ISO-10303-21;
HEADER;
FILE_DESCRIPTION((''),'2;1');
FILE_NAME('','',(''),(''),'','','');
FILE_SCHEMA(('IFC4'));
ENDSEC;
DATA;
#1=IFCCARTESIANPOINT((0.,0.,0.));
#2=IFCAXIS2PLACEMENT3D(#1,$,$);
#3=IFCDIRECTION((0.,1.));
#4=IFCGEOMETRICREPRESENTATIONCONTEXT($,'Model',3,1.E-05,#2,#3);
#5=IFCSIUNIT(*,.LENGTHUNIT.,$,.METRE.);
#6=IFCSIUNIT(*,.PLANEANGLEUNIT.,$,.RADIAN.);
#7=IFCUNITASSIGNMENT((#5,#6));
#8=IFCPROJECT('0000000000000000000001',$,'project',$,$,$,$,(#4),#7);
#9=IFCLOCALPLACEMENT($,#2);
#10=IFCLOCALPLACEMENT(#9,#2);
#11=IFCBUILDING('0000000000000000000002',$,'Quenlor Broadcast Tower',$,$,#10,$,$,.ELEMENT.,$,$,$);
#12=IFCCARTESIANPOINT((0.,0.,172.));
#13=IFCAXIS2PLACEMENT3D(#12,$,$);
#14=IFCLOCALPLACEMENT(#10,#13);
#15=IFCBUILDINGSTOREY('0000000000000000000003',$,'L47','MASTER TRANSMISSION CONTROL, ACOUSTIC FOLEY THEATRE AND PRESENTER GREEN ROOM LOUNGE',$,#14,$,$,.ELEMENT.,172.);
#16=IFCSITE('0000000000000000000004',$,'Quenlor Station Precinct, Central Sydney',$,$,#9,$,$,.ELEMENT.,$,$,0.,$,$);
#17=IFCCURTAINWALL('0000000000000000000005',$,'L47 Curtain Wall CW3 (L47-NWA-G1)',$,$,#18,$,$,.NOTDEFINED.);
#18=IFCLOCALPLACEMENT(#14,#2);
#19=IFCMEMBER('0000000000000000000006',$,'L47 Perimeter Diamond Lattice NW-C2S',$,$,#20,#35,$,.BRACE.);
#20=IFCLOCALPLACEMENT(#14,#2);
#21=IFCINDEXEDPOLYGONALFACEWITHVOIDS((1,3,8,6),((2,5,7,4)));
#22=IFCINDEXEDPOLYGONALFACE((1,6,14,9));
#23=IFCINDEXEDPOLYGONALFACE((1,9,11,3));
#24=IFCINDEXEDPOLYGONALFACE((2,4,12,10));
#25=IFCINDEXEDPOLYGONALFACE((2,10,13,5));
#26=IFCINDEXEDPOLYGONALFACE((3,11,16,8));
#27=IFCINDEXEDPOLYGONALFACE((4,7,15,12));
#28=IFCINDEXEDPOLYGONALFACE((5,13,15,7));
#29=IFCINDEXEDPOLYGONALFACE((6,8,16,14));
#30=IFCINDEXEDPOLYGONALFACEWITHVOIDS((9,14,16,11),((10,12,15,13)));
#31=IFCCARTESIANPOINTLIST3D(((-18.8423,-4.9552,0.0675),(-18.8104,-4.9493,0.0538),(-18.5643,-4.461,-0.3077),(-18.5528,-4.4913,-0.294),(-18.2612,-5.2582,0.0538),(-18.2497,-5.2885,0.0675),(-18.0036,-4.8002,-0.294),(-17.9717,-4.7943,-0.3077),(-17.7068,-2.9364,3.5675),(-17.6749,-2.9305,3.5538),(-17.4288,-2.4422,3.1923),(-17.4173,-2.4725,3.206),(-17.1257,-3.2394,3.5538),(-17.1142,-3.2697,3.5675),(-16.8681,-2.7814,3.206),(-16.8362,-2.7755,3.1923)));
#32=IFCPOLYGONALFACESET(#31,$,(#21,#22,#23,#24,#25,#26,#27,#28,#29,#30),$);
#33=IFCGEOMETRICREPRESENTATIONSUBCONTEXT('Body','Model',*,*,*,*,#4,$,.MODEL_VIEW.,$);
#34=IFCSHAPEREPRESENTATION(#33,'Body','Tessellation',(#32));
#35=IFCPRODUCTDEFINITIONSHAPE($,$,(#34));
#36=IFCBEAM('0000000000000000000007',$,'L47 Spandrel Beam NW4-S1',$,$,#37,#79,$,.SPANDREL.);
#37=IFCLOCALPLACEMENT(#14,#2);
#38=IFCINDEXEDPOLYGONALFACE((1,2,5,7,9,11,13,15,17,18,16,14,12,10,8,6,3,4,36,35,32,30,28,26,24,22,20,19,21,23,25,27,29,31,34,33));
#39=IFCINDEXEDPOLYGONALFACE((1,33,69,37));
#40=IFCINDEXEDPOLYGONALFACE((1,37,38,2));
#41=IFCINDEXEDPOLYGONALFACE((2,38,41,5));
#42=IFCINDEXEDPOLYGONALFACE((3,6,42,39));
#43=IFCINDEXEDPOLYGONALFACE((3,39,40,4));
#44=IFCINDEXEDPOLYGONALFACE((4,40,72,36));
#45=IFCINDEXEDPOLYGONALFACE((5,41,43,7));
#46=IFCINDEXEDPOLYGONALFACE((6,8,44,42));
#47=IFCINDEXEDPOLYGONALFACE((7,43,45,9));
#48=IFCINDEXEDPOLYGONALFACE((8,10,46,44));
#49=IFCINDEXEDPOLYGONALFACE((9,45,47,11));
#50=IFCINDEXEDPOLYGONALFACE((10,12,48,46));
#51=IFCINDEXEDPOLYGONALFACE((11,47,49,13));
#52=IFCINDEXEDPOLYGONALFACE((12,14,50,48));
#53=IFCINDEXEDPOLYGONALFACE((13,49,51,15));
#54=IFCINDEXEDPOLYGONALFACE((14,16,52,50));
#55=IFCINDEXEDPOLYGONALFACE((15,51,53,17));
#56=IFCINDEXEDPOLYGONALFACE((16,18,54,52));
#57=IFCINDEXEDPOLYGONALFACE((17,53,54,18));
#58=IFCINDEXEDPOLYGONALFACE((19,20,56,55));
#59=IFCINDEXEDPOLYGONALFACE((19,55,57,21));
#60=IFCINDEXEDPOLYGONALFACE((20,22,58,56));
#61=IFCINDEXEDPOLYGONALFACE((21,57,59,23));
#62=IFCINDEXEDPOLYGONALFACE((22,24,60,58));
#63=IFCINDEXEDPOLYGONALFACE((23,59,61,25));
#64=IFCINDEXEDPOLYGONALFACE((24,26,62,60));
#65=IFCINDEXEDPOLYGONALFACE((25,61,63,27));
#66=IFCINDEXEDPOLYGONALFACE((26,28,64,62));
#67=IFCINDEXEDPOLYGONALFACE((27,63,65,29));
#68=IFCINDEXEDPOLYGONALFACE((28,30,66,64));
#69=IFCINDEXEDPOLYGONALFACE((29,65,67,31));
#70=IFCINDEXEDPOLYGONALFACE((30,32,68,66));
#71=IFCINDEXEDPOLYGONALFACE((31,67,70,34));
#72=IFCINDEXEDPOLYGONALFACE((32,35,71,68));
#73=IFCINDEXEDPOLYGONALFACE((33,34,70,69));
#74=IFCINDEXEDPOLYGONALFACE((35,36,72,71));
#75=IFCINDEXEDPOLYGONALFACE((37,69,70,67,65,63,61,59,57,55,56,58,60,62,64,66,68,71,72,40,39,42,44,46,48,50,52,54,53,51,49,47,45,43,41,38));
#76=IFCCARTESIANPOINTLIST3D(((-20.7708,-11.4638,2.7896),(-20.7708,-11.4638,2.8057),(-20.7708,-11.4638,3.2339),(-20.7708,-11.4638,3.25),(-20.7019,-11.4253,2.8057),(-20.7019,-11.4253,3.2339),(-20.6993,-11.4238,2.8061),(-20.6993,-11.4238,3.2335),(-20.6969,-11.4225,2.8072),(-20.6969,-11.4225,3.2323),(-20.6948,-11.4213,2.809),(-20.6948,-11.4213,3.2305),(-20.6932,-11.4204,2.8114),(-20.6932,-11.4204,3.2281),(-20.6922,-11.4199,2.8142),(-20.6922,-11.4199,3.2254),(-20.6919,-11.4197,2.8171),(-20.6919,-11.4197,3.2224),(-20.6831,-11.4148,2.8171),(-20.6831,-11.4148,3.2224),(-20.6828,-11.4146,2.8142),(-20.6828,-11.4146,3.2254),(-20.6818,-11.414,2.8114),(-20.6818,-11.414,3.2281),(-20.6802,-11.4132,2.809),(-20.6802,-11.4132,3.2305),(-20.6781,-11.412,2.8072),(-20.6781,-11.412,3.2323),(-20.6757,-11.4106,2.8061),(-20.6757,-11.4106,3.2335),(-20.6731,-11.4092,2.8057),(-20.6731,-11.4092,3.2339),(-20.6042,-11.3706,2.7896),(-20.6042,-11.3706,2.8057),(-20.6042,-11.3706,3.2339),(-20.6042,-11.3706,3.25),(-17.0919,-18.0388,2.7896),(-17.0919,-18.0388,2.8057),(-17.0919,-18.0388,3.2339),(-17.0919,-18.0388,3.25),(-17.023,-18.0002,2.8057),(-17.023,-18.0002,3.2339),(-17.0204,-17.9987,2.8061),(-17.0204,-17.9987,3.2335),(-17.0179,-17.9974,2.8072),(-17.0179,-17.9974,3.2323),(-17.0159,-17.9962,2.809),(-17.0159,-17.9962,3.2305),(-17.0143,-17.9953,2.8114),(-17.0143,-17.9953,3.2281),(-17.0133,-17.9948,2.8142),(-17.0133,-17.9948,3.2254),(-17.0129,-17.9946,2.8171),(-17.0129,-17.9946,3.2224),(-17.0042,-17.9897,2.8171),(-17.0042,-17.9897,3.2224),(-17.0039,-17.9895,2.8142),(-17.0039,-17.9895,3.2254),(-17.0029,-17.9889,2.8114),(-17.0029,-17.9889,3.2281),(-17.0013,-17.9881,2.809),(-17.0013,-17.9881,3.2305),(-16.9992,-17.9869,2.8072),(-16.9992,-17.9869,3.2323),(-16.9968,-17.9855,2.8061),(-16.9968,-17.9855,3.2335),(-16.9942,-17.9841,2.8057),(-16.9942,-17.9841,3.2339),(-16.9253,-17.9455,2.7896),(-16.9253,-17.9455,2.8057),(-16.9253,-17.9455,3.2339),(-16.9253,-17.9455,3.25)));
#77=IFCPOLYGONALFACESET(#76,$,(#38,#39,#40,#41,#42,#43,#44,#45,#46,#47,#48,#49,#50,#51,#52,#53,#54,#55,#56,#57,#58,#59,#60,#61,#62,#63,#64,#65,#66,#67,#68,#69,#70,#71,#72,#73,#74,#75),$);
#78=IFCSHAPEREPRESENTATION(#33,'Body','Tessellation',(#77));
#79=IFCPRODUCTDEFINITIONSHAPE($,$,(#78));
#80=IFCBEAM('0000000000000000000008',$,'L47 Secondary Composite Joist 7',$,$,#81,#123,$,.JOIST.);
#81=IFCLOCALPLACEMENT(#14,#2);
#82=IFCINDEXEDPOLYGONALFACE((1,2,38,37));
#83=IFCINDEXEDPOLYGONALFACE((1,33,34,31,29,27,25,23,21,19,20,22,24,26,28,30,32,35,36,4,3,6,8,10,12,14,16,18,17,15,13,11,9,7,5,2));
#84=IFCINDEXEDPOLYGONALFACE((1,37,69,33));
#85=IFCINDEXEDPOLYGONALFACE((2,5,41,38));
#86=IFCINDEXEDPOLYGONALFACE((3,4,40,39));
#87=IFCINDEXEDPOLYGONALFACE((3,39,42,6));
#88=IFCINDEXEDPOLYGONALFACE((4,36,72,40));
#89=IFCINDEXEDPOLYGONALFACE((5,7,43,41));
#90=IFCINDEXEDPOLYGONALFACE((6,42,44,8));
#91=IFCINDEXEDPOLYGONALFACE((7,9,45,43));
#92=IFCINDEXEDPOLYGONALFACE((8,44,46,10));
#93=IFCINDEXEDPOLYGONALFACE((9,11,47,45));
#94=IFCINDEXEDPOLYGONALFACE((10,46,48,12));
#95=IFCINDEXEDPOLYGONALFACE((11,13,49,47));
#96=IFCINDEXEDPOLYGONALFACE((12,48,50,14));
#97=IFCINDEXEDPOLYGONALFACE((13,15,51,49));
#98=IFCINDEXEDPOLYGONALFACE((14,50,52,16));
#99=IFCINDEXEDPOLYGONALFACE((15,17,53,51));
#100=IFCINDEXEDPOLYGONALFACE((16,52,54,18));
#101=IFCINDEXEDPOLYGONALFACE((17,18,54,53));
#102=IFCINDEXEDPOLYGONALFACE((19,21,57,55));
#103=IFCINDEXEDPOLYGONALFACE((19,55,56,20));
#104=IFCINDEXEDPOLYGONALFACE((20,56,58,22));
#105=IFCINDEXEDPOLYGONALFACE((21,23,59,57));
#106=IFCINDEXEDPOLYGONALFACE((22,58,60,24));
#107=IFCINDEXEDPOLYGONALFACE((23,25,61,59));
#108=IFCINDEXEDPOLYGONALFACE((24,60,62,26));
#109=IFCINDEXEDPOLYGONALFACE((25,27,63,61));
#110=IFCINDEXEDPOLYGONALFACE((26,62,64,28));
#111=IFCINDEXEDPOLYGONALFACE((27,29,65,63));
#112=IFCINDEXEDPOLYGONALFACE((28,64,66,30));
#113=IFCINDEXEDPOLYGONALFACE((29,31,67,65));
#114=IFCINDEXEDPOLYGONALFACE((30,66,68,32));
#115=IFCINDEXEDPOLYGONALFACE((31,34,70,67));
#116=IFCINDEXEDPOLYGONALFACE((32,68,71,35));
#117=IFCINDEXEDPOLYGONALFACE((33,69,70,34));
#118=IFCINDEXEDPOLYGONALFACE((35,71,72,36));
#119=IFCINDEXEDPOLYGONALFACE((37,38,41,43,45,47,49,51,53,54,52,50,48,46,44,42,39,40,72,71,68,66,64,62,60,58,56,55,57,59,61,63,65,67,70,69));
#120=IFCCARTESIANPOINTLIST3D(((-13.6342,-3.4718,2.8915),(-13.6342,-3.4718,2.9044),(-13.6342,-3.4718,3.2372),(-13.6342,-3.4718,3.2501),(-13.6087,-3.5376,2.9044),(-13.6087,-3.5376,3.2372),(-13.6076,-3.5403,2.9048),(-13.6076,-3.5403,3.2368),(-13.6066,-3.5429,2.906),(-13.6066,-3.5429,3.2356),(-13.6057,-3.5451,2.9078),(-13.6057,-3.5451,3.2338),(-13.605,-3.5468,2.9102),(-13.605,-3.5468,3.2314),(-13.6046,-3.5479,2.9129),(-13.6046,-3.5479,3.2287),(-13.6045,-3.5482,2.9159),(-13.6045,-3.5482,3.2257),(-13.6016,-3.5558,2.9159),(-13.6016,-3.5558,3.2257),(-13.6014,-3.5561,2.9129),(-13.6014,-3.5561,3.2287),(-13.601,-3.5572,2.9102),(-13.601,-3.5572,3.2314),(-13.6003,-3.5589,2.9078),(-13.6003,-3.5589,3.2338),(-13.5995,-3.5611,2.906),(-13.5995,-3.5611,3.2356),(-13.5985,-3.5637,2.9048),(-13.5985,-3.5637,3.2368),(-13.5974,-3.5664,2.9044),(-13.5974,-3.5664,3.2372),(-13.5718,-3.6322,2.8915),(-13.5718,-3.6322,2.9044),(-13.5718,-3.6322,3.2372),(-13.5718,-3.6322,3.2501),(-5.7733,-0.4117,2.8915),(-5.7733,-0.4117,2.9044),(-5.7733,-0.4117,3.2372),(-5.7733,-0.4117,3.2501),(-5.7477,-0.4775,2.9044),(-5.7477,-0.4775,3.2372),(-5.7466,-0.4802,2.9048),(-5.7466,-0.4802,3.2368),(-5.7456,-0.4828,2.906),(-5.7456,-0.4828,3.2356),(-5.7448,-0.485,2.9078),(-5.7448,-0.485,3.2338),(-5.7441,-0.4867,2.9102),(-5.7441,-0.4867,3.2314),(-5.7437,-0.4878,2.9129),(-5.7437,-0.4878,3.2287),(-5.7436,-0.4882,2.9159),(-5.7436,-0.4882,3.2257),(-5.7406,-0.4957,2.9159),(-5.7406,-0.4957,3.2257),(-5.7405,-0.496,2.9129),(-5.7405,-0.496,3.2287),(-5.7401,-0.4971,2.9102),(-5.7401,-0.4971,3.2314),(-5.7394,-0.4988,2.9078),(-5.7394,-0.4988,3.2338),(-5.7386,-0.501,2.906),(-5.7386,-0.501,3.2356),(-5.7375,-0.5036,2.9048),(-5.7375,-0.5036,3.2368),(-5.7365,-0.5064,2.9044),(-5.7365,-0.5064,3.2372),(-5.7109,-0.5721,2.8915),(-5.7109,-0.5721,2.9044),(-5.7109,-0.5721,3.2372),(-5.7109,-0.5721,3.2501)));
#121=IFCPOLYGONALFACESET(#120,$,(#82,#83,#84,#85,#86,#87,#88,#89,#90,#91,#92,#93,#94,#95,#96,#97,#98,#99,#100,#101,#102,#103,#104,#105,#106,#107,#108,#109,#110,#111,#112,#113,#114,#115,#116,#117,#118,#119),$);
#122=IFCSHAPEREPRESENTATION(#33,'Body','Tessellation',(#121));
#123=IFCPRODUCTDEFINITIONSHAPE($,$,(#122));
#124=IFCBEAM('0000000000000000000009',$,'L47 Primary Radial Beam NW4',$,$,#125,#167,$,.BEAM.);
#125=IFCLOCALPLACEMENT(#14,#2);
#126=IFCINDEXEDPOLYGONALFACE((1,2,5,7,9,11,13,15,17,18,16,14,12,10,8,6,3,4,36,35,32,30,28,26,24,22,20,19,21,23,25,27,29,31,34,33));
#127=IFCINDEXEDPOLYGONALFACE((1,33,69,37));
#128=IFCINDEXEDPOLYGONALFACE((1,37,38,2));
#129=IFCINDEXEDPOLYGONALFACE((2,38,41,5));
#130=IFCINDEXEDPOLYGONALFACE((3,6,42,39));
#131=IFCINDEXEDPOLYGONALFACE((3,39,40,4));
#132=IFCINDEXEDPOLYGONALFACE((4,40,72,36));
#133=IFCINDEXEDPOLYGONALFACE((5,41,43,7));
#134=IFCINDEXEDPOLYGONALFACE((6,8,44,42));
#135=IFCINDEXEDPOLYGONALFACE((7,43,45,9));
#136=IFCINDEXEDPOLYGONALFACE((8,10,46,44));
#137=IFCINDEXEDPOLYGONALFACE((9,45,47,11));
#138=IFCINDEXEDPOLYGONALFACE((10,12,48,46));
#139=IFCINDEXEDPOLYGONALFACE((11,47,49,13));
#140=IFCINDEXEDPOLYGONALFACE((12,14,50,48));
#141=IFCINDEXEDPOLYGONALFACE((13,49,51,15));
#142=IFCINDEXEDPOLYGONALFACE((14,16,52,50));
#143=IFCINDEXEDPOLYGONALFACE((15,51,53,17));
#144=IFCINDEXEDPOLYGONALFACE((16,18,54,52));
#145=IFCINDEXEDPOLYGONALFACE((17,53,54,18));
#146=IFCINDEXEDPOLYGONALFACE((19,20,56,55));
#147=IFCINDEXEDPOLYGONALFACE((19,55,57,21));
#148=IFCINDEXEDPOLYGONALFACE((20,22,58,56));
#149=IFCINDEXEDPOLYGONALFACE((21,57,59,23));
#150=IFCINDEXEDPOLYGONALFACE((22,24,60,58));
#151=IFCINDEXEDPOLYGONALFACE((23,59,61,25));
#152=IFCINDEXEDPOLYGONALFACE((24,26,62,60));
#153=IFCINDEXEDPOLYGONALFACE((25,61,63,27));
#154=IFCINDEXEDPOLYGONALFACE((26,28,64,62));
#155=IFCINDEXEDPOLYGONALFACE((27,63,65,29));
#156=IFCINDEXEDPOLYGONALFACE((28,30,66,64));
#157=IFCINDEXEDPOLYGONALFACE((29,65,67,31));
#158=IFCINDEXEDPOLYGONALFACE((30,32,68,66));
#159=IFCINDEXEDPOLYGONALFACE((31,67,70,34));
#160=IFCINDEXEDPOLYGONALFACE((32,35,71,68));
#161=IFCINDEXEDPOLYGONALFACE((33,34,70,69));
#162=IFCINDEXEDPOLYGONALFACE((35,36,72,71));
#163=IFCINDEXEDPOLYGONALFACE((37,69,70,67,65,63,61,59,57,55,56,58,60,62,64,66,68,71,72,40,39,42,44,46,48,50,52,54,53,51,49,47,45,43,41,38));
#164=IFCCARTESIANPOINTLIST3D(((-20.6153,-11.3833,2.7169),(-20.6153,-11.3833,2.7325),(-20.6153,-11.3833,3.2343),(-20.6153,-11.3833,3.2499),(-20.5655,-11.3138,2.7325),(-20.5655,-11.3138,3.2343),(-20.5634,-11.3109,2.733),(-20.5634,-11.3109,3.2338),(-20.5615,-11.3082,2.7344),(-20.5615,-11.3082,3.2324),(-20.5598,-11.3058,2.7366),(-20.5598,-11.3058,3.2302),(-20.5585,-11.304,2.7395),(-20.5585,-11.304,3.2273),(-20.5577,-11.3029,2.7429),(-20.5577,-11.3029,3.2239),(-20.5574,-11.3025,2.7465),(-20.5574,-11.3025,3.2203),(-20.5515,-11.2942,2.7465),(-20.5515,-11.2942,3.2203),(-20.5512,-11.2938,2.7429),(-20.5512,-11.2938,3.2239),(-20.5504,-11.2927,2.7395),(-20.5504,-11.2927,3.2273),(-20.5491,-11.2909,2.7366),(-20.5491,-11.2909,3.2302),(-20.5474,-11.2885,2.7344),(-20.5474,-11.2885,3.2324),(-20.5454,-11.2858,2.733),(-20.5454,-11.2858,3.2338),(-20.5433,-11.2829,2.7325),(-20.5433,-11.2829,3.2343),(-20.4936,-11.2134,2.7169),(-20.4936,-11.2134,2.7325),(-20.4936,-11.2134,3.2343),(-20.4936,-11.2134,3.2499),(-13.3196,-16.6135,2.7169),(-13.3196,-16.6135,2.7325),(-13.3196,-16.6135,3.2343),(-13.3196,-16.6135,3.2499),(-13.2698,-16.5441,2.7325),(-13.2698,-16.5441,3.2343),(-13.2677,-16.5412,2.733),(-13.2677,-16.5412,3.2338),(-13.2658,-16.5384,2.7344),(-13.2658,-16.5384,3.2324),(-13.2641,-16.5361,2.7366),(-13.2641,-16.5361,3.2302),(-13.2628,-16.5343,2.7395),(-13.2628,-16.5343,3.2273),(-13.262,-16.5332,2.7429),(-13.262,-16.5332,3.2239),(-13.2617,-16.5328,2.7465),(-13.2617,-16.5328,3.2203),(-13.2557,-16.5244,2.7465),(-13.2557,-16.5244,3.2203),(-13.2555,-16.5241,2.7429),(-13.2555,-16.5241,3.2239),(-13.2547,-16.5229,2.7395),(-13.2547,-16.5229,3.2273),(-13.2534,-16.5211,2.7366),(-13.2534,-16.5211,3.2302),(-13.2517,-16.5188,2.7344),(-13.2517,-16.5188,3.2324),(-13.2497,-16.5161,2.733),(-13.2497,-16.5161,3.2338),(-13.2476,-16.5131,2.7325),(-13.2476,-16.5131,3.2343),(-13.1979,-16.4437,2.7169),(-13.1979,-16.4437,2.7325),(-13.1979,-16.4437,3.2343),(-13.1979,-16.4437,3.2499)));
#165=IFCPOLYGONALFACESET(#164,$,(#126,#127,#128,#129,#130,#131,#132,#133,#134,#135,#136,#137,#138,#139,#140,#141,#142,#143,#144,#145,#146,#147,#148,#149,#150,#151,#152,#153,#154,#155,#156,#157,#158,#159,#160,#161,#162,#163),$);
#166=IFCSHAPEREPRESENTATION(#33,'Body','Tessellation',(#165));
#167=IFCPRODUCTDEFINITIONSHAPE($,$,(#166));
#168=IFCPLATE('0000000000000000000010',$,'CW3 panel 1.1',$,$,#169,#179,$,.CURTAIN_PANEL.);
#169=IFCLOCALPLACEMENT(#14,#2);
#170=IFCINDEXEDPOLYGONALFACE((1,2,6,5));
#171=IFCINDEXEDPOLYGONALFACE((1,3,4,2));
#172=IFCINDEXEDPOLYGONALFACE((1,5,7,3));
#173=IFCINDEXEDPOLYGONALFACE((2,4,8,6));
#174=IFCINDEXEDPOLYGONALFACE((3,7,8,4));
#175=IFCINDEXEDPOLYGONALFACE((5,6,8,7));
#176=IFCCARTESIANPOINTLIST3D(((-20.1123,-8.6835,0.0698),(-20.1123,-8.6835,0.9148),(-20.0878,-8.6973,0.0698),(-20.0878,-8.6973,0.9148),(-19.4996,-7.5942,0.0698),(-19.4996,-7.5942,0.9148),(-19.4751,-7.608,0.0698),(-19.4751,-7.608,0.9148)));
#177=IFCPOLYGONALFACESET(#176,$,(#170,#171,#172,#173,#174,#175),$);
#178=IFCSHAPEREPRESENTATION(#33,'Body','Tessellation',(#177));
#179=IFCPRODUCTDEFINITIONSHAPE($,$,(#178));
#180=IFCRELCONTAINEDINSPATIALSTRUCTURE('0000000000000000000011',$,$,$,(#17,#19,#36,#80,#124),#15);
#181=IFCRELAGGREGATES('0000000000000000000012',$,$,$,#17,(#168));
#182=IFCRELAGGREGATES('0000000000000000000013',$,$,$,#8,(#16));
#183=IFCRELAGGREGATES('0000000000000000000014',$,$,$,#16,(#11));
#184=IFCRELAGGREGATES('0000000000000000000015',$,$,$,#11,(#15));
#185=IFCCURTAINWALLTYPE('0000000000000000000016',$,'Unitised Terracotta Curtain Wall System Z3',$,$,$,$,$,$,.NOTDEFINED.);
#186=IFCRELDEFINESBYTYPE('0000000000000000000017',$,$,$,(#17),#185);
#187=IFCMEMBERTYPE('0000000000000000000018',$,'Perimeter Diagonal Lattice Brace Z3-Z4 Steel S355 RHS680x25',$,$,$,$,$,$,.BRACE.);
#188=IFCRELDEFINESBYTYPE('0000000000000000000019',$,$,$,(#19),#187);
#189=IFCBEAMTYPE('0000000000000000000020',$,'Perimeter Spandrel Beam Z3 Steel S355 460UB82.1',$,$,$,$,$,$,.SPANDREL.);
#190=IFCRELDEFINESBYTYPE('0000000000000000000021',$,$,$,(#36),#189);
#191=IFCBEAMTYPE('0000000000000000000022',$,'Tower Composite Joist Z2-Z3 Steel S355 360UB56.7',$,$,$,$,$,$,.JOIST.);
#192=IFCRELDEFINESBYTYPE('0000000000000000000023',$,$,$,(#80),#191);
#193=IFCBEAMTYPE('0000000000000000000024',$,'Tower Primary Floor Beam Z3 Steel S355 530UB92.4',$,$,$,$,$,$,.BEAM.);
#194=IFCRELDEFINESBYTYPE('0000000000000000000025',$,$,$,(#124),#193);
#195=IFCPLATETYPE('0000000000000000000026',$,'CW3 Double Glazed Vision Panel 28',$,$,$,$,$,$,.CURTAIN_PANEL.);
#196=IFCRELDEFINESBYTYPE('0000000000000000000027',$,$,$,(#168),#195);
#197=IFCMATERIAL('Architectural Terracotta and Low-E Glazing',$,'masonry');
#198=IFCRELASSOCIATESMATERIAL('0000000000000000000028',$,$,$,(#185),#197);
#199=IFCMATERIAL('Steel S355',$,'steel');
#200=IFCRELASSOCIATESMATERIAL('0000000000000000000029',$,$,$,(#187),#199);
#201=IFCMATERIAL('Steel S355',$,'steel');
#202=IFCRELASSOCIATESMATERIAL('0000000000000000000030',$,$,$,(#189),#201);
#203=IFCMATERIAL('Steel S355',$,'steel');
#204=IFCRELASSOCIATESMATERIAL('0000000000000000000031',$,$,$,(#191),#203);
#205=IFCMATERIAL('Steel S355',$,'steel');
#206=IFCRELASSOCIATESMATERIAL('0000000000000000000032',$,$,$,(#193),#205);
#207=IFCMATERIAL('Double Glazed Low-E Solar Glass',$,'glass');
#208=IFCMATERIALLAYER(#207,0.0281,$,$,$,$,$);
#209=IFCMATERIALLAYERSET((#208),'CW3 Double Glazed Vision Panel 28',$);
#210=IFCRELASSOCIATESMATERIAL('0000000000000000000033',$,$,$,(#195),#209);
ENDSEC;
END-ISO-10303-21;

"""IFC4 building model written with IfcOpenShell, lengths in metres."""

from ifc_helpers import new_model, si_unit, direction, frame, origin, origin_2d, place, context, subcontext, project, spatial, rectangle, hollow_rectangle, i_section, extrude, material, layer, layer_set, material_profile, profile_set, type_object, element, aggregate, save


model = new_model("IFC4")

# Units and contexts
model_context = context("Model", 3, precision=1e-05, world=origin(), true_north=direction((0.0, 1.0)))
body_context = subcontext(model_context, "Body", "Model", "MODEL_VIEW")
ifc_project = project(units=[si_unit("LENGTHUNIT", "METRE"), si_unit("PLANEANGLEUNIT", "RADIAN")], contexts=[model_context])

# Site, building, storey
site_placement = place(None, origin())
site = spatial("IfcSite", under=ifc_project, at=site_placement, Name="Quenlor Station Precinct, Central Sydney", CompositionType="ELEMENT", RefElevation=0.0)
building_placement = place(site_placement, origin())
building = spatial("IfcBuilding", under=site, at=building_placement, Name="Quenlor Broadcast Tower", CompositionType="ELEMENT")
storey_placement = place(building_placement, frame((0.0, 0.0, 172.0)))
storey = spatial("IfcBuildingStorey", under=building, at=storey_placement, Name="L47", Description="MASTER TRANSMISSION CONTROL, ACOUSTIC FOLEY THEATRE AND PRESENTER GREEN ROOM LOUNGE", CompositionType="ELEMENT", Elevation=172.0)

# Curtain wall
ifc_material_1 = material(Name="Architectural Terracotta and Low-E Glazing", Category="masonry")
curtain_wall_type = type_object("IfcCurtainWallType", Name="Unitised Terracotta Curtain Wall System Z3", PredefinedType="NOTDEFINED", material=ifc_material_1)
curtain_wall_placement = place(storey_placement, origin())
curtain_wall = element("IfcCurtainWall", 1, at=curtain_wall_placement, inside=storey, type_object=curtain_wall_type, Name="L47 Curtain Wall CW3 (L47-NWA-G1)", PredefinedType="NOTDEFINED")

# Member
ifc_material_2 = material(Name="Steel S355", Category="steel")
ifc_material_profile_1 = material_profile(ifc_material_2, hollow_rectangle(XDim=0.6799, YDim=0.6799, WallThickness=0.0249, at=origin_2d()))
ifc_profile_set_1 = profile_set([ifc_material_profile_1], Name="Steel S355 RHS680x680x25")
member_type_1 = type_object("IfcMemberType", Name="Perimeter Diagonal Lattice Brace Z3-Z4 Steel S355 RHS680x25", PredefinedType="BRACE", material=ifc_profile_set_1)
for number, where, z_axis, x_axis, name in (
    (2, (-18.407, -4.8748, -0.1201), (0.270549, 0.481009, 0.833927), (-0.87159, 0.490236, 0.0), "L47 Perimeter Diamond Lattice NW-C2S"),
):
    element("IfcMember", number, at=place(storey_placement, frame(where, z_axis=z_axis, x_axis=x_axis)), inside=storey, type_object=member_type_1, Name=name, PredefinedType="BRACE", context=body_context, shape_type="SweptSolid", body=[
        extrude(hollow_rectangle(XDim=0.6799, YDim=0.6799, WallThickness=0.0249, at=origin_2d()), origin(), (0.0, 0.0, 1.0), 4.197),
    ])

# Beams
ifc_material_3 = material(Name="Steel S355", Category="steel")
ifc_material_profile_2 = material_profile(ifc_material_3, i_section(OverallWidth=0.1909, OverallDepth=0.4604, WebThickness=0.01, FlangeThickness=0.0161, FilletRadius=0.0115, at=origin_2d()))
ifc_profile_set_2 = profile_set([ifc_material_profile_2], Name="Steel S355 460UB82.1")
beam_type_1 = type_object("IfcBeamType", Name="Perimeter Spandrel Beam Z3 Steel S355 460UB82.1", PredefinedType="SPANDREL", material=ifc_profile_set_2)
beam_1_placement = place(storey_placement, frame((-20.6875, -11.4172, 3.0198), z_axis=(0.488298, -0.872677, 0.0), x_axis=(0.872677, 0.488298, 0.0)))
element("IfcBeam", 3, at=beam_1_placement, inside=storey, type_object=beam_type_1, Name="L47 Spandrel Beam NW4-S1", PredefinedType="SPANDREL", context=body_context, shape_type="SweptSolid", body=[
    extrude(i_section(OverallWidth=0.1909, OverallDepth=0.4604, WebThickness=0.01, FlangeThickness=0.0161, FilletRadius=0.0115, at=origin_2d()), origin(), (0.0, 0.0, 1.0), 7.5342),
])
ifc_material_4 = material(Name="Steel S355", Category="steel")
ifc_material_profile_3 = material_profile(ifc_material_4, i_section(OverallWidth=0.1721, OverallDepth=0.3586, WebThickness=0.0081, FlangeThickness=0.0129, FilletRadius=0.0115, at=origin_2d()))
ifc_profile_set_3 = profile_set([ifc_material_profile_3], Name="Steel S355 360UB56.7")
beam_type_2 = type_object("IfcBeamType", Name="Tower Composite Joist Z2-Z3 Steel S355 360UB56.7", PredefinedType="JOIST", material=ifc_profile_set_3)
beam_2_placement = place(storey_placement, frame((-13.603, -3.552, 3.0708), z_axis=(0.931882, 0.362762, 0.0), x_axis=(-0.362762, 0.931882, 0.0)))
element("IfcBeam", 4, at=beam_2_placement, inside=storey, type_object=beam_type_2, Name="L47 Secondary Composite Joist 7", PredefinedType="JOIST", context=body_context, shape_type="SweptSolid", body=[
    extrude(i_section(OverallWidth=0.1721, OverallDepth=0.3586, WebThickness=0.0081, FlangeThickness=0.0129, FilletRadius=0.0115, at=origin_2d()), origin(), (0.0, 0.0, 1.0), 8.4355),
])
ifc_material_5 = material(Name="Steel S355", Category="steel")
ifc_material_profile_4 = material_profile(ifc_material_5, i_section(OverallWidth=0.209, OverallDepth=0.533, WebThickness=0.0103, FlangeThickness=0.0156, FilletRadius=0.0139, at=origin_2d()))
ifc_profile_set_4 = profile_set([ifc_material_profile_4], Name="Steel S355 530UB92.4")
beam_type_3 = type_object("IfcBeamType", Name="Tower Primary Floor Beam Z3 Steel S355 530UB92.4", PredefinedType="BEAM", material=ifc_profile_set_4)
beam_3_placement = place(storey_placement, frame((-20.5544, -11.2983, 2.9834), z_axis=(0.812729, -0.582642, 0.0), x_axis=(0.582642, 0.812729, 0.0)))
element("IfcBeam", 5, at=beam_3_placement, inside=storey, type_object=beam_type_3, Name="L47 Primary Radial Beam NW4", PredefinedType="BEAM", context=body_context, shape_type="SweptSolid", body=[
    extrude(i_section(OverallWidth=0.209, OverallDepth=0.533, WebThickness=0.0103, FlangeThickness=0.0156, FilletRadius=0.0139, at=origin_2d()), origin(), (0.0, 0.0, 1.0), 8.9768),
])

# Plate
ifc_material_6 = material(Name="Double Glazed Low-E Solar Glass", Category="glass")
ifc_layer_1 = layer(ifc_material_6, 0.0281)
ifc_layer_set_1 = layer_set([ifc_layer_1], Name="CW3 Double Glazed Vision Panel 28")
plate_type_1 = type_object("IfcPlateType", Name="CW3 Double Glazed Vision Panel 28", PredefinedType="CURTAIN_PANEL", material=ifc_layer_set_1)
plate_1_placement = place(storey_placement, frame((-19.7937, -8.1458, 0.0698), z_axis=(0.0, 0.0, 1.0), x_axis=(0.490261, 0.871576, 0.0)))
plate_1 = element("IfcPlate", 6, at=plate_1_placement, type_object=plate_type_1, Name="CW3 panel 1.1", PredefinedType="CURTAIN_PANEL", context=body_context, shape_type="SweptSolid", body=[
    extrude(rectangle(XDim=1.2498, YDim=0.0281, at=origin_2d()), origin(), (0.0, 0.0, 1.0), 0.845),
])
aggregate(curtain_wall, [plate_1])

save(model, "model.ifc")
